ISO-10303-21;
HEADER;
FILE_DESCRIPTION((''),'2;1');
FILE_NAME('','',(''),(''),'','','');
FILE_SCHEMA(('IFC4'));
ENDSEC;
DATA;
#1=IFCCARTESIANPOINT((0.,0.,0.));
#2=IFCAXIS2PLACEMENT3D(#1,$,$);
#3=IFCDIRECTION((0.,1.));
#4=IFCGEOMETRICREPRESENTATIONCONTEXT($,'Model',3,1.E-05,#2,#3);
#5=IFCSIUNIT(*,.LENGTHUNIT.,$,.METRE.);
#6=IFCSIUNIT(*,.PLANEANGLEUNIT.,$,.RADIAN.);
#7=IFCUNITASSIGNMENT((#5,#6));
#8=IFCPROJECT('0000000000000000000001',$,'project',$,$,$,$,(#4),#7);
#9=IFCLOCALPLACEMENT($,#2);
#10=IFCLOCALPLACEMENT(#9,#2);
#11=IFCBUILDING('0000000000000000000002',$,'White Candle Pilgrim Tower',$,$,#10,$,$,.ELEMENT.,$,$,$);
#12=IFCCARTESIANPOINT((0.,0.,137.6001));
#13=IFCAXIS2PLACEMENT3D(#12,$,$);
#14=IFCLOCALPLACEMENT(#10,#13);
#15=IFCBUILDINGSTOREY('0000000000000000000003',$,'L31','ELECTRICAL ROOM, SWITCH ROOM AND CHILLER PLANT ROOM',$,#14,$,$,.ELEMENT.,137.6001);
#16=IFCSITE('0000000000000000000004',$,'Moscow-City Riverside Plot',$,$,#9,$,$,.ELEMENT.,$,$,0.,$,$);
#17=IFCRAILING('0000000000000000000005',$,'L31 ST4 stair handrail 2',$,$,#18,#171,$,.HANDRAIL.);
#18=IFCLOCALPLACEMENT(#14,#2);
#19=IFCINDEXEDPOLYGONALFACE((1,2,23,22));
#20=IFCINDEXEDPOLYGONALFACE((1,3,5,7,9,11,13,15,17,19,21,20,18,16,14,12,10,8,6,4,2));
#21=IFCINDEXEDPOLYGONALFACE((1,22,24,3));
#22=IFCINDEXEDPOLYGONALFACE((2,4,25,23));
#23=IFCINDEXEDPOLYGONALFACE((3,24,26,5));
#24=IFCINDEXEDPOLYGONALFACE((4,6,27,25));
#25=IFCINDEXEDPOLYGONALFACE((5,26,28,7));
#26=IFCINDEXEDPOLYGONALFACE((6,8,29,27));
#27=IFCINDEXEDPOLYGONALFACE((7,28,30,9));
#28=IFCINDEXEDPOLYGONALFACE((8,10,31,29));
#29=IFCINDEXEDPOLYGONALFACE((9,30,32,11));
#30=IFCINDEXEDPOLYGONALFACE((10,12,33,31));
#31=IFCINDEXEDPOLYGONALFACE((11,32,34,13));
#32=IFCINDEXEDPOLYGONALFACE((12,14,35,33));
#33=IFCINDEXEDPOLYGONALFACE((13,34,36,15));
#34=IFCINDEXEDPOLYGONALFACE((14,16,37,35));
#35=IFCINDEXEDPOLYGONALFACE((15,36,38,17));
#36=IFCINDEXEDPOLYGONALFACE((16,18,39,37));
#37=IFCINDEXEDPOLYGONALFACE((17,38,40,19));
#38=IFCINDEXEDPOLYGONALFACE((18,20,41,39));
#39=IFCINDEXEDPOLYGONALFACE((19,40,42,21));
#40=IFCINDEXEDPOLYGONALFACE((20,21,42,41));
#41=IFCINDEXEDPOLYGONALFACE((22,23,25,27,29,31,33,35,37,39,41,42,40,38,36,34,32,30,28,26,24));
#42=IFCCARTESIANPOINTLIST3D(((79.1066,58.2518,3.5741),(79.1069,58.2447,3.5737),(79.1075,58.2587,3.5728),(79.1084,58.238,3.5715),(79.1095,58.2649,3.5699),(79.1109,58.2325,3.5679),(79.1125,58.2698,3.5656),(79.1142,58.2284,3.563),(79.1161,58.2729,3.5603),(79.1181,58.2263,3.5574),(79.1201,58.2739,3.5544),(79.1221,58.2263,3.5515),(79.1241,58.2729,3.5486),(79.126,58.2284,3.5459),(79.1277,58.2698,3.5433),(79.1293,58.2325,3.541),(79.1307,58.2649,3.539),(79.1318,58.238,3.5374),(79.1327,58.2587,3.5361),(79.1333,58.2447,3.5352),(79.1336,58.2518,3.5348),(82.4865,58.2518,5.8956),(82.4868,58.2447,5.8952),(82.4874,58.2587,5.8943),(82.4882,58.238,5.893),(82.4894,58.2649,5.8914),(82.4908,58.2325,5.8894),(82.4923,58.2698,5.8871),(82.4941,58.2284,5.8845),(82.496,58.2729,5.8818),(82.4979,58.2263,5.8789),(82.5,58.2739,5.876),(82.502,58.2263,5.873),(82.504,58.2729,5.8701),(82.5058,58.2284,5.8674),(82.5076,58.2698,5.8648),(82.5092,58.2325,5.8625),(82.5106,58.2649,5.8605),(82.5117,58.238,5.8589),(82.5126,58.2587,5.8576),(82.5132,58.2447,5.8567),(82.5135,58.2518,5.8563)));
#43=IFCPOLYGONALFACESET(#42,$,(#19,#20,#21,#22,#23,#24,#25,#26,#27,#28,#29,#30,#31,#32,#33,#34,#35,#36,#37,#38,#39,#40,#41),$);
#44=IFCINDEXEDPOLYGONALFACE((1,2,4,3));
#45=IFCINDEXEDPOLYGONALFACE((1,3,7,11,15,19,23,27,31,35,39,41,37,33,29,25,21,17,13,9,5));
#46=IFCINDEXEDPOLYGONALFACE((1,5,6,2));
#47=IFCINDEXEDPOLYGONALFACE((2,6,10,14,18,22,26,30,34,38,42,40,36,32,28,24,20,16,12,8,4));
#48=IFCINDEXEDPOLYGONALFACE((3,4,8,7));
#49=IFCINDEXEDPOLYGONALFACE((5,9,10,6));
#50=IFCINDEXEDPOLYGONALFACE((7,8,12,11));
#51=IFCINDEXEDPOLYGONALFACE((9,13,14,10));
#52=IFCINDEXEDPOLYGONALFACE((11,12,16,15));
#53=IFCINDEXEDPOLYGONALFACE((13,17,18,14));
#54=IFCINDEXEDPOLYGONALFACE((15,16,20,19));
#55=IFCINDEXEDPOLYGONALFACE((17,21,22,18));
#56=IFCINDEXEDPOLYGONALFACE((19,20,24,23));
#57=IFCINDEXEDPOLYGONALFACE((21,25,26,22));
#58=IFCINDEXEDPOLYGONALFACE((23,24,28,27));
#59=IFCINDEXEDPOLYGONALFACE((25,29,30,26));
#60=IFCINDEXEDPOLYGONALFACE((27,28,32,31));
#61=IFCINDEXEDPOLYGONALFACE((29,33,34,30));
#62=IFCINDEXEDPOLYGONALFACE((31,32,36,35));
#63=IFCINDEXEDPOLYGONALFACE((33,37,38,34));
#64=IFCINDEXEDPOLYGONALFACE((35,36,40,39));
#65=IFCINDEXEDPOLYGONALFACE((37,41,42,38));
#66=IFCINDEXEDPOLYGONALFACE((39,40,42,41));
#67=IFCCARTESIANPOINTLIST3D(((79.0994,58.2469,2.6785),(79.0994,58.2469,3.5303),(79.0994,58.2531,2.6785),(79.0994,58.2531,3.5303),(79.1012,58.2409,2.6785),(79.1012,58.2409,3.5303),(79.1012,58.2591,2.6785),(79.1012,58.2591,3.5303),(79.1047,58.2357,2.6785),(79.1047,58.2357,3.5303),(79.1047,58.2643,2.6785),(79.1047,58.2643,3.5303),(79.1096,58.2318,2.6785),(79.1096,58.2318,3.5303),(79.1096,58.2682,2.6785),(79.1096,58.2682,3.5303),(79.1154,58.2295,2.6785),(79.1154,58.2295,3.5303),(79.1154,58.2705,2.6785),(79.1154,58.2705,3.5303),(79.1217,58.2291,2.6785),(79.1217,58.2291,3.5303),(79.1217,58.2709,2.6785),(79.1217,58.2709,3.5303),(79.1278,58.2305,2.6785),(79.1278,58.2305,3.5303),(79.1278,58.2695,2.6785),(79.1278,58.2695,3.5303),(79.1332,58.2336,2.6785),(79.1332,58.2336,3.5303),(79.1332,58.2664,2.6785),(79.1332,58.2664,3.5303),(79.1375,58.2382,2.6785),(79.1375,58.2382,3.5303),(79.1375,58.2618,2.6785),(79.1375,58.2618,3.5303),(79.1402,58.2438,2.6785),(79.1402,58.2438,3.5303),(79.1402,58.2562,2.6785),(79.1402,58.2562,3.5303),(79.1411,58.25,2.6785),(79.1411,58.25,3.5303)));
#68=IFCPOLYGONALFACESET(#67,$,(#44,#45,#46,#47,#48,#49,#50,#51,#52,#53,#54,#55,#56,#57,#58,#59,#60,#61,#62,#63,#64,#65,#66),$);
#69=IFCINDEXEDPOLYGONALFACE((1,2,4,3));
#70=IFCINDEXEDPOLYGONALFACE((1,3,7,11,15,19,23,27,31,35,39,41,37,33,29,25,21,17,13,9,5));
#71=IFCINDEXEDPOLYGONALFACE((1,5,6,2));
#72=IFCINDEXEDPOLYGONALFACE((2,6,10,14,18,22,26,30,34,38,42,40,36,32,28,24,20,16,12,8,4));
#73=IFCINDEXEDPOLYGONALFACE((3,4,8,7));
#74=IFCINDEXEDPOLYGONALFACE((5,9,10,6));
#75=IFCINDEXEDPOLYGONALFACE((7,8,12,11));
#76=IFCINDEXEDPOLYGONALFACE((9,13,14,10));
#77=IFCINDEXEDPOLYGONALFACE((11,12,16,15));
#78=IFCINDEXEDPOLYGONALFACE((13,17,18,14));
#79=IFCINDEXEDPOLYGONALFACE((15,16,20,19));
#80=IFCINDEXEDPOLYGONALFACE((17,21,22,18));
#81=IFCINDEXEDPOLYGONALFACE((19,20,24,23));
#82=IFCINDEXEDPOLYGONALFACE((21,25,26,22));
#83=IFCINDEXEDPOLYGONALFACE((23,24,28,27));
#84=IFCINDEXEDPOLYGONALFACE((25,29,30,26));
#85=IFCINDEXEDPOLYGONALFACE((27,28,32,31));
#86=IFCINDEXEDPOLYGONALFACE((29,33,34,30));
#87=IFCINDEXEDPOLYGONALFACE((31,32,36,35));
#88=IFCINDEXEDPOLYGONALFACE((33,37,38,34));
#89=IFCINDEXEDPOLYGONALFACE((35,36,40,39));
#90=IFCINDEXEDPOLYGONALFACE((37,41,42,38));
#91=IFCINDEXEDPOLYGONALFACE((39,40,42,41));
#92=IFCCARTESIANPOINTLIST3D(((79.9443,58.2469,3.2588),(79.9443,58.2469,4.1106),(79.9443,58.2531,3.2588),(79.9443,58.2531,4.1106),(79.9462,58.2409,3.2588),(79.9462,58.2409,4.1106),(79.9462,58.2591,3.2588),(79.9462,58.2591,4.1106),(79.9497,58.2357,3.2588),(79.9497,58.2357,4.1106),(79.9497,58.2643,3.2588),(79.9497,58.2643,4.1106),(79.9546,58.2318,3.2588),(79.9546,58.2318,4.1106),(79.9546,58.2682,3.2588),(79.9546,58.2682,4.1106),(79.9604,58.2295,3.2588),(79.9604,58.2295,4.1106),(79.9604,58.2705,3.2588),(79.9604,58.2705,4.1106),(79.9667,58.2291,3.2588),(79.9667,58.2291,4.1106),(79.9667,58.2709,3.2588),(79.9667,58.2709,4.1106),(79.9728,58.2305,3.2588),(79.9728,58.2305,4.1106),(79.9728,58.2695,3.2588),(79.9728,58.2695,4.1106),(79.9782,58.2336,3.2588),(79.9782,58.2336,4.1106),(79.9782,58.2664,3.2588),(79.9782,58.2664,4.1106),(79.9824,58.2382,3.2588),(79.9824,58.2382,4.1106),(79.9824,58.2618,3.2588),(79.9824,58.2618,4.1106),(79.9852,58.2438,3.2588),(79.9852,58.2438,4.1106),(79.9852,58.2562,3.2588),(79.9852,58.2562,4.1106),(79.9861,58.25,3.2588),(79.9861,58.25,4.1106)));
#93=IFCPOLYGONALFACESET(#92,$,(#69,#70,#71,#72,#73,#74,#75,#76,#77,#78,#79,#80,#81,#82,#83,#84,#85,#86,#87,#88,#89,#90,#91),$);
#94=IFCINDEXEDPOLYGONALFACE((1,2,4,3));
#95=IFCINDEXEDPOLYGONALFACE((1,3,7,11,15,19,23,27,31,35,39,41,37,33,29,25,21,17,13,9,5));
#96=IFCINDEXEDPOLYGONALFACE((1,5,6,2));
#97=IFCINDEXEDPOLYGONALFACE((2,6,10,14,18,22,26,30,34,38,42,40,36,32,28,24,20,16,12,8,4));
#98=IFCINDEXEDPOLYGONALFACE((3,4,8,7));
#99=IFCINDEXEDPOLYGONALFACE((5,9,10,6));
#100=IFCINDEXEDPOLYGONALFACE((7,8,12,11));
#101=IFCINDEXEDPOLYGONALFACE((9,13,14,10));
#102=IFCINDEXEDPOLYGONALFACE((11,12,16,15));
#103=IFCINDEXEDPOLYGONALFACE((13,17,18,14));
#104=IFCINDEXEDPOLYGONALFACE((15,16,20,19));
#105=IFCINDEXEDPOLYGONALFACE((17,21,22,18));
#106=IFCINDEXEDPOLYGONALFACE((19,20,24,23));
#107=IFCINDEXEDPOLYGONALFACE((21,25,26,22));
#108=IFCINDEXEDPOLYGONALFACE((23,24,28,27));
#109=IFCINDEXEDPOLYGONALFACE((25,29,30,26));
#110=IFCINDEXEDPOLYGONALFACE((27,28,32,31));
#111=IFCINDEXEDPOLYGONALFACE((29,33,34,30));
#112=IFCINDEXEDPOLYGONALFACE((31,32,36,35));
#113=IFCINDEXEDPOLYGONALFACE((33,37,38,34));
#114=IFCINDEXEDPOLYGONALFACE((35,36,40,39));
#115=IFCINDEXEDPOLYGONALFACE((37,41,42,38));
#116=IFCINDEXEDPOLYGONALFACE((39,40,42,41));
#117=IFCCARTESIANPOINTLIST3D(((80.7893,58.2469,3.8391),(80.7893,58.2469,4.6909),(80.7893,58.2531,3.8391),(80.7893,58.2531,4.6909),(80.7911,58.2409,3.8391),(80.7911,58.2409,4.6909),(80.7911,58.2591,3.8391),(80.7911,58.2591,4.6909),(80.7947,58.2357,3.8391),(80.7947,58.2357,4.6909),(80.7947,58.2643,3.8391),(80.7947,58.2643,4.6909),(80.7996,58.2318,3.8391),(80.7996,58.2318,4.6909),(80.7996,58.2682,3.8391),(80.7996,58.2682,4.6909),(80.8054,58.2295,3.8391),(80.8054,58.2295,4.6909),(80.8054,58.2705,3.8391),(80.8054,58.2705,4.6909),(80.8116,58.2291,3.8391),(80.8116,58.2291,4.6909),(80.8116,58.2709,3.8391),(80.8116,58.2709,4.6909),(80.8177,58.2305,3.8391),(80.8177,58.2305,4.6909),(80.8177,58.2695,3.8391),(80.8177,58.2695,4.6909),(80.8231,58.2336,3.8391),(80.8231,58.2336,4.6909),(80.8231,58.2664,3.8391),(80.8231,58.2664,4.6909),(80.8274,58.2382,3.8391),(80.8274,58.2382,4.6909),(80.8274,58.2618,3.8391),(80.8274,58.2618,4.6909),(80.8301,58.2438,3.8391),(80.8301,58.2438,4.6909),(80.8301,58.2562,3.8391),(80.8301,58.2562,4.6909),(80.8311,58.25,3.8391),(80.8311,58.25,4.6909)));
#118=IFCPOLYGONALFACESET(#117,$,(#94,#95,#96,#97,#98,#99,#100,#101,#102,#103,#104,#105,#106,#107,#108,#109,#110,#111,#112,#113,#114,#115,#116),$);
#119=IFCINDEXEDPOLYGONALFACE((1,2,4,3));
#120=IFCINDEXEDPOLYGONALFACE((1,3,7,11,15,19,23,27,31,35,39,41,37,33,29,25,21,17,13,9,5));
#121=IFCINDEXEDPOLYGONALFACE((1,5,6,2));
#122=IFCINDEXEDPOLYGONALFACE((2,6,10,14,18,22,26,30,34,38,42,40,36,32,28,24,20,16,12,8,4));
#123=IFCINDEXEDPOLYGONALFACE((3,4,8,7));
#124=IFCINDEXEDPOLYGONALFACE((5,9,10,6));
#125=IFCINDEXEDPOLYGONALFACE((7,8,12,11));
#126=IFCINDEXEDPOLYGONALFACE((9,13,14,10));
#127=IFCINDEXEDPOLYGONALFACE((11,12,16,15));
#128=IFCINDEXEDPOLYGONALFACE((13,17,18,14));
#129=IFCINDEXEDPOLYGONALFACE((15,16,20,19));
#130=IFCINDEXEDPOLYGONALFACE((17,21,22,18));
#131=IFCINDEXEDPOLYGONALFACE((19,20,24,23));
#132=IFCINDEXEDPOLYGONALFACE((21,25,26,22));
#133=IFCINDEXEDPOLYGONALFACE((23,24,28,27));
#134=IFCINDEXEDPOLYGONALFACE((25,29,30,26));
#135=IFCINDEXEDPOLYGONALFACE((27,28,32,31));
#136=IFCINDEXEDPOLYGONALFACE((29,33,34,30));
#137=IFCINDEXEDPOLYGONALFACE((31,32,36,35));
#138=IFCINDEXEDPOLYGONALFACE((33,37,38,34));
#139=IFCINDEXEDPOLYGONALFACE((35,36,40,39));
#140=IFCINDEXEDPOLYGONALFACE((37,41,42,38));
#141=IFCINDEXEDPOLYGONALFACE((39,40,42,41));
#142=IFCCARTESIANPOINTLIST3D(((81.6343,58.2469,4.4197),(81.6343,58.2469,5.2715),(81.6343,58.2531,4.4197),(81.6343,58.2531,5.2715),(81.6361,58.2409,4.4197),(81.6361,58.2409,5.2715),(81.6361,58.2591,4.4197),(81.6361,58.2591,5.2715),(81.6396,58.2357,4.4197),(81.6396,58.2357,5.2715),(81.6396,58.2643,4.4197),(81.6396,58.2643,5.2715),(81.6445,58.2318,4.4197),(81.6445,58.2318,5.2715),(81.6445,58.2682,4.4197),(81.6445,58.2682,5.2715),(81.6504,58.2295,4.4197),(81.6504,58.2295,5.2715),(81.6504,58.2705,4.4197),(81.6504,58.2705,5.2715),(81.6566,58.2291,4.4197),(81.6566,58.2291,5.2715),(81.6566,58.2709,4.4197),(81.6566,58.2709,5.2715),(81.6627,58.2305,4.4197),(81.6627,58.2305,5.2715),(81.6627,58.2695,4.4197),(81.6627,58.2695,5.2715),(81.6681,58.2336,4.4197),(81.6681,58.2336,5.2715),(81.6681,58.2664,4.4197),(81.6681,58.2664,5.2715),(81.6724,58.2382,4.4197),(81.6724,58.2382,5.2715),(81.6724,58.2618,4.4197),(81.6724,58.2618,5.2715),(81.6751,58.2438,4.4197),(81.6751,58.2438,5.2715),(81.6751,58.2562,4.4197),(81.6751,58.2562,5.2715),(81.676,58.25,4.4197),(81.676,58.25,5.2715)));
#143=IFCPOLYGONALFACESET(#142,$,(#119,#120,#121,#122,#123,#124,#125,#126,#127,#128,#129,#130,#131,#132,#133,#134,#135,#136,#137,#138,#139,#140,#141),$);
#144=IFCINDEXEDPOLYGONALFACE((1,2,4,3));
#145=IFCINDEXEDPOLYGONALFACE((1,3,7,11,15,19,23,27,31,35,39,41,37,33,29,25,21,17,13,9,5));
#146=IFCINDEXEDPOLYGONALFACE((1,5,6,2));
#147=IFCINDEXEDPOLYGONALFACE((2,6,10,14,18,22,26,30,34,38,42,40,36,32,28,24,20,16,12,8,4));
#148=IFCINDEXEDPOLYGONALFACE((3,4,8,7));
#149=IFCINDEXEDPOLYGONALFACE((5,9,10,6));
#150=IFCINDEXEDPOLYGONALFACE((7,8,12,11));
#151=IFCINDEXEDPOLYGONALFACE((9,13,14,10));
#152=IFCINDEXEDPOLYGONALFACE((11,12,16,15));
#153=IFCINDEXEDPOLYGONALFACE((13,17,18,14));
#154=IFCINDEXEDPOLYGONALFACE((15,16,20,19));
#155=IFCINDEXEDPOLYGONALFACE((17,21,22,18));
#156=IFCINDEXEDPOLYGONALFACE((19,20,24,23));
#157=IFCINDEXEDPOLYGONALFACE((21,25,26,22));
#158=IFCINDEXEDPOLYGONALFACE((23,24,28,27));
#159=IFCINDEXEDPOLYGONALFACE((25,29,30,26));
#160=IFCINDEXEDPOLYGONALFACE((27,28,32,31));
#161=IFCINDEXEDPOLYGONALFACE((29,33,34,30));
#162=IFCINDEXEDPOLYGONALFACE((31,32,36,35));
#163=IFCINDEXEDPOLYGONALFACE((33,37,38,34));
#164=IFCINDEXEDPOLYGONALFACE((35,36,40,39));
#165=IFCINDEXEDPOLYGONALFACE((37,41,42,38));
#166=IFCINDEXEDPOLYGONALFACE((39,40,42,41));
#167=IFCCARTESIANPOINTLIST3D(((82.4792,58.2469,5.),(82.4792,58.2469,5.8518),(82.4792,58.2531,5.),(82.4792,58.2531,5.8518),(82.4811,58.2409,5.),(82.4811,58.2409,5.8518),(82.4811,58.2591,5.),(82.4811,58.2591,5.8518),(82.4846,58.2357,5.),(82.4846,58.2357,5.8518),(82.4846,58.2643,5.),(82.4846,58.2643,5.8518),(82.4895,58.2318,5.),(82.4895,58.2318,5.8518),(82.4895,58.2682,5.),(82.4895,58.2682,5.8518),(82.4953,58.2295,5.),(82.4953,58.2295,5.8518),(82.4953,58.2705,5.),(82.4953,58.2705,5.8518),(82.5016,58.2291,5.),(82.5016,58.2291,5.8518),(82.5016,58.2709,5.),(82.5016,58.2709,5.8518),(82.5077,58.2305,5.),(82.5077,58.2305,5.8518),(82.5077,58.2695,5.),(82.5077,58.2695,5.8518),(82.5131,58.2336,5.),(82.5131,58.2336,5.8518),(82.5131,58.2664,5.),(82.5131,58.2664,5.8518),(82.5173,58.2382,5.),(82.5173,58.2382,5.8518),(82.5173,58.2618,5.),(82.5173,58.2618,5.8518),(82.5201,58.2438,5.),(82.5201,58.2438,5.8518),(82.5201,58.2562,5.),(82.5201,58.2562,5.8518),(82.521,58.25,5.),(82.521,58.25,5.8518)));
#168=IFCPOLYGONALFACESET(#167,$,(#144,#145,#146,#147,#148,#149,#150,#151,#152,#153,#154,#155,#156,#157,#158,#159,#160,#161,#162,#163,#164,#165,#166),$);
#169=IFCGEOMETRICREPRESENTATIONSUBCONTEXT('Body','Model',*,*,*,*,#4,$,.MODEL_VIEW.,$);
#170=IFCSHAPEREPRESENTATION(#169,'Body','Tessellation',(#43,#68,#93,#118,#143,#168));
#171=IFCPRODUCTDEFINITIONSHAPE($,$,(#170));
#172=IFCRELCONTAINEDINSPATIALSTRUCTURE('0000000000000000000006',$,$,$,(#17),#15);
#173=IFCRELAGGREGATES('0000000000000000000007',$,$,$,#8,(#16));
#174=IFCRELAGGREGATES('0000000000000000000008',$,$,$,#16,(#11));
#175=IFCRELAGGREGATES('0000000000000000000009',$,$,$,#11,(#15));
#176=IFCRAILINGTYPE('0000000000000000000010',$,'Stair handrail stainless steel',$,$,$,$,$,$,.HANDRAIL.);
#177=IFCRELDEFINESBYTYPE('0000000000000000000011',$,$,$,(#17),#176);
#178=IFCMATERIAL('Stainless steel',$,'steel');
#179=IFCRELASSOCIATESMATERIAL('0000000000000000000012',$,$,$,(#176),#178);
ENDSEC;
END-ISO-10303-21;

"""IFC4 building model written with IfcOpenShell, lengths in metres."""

from ifc_helpers import new_model, si_unit, direction, frame, origin, origin_2d, place, context, subcontext, project, spatial, circle, extrude, material, type_object, element, save


model = new_model("IFC4")

# Units and contexts
model_context = context("Model", 3, precision=1e-05, world=origin(), true_north=direction((0.0, 1.0)))
body_context = subcontext(model_context, "Body", "Model", "MODEL_VIEW")
ifc_project = project(units=[si_unit("LENGTHUNIT", "METRE"), si_unit("PLANEANGLEUNIT", "RADIAN")], contexts=[model_context])

# Site, building, storey
site_placement = place(None, origin())
site = spatial("IfcSite", under=ifc_project, at=site_placement, Name="Moscow-City Riverside Plot", CompositionType="ELEMENT", RefElevation=0.0)
building_placement = place(site_placement, origin())
building = spatial("IfcBuilding", under=site, at=building_placement, Name="White Candle Pilgrim Tower", CompositionType="ELEMENT")
storey_placement = place(building_placement, frame((0.0, 0.0, 137.6001)))
storey = spatial("IfcBuildingStorey", under=building, at=storey_placement, Name="L31", Description="ELECTRICAL ROOM, SWITCH ROOM AND CHILLER PLANT ROOM", CompositionType="ELEMENT", Elevation=137.6001)

# Railing
ifc_material_1 = material(Name="Stainless steel", Category="steel")
railing_type_1 = type_object("IfcRailingType", Name="Stair handrail stainless steel", PredefinedType="HANDRAIL", material=ifc_material_1)
railing_1_placement = place(storey_placement, frame((79.1201, 58.25, 2.6785)))
element("IfcRailing", 1, at=railing_1_placement, inside=storey, type_object=railing_type_1, Name="L31 ST4 stair handrail 2", PredefinedType="HANDRAIL", context=body_context, shape_type="SweptSolid", body=[
    extrude(circle(Radius=0.0239, at=origin_2d()), frame((0.0, 0.0, 0.876), z_axis=(0.824285, 0.0, 0.566175), x_axis=(0.0, 1.0, 0.0)), (0.0, 0.0, 1.0), 4.1003),
    extrude(circle(Radius=0.021, at=origin_2d()), origin(), (0.0, 0.0, 1.0), 0.8518),
    extrude(circle(Radius=0.021, at=origin_2d()), frame((0.845, 0.0, 0.5803)), (0.0, 0.0, 1.0), 0.8518),
    extrude(circle(Radius=0.021, at=origin_2d()), frame((1.6899, 0.0, 1.1606)), (0.0, 0.0, 1.0), 0.8518),
    extrude(circle(Radius=0.021, at=origin_2d()), frame((2.5349, 0.0, 1.7412)), (0.0, 0.0, 1.0), 0.8518),
    extrude(circle(Radius=0.021, at=origin_2d()), frame((3.3799, 0.0, 2.3215)), (0.0, 0.0, 1.0), 0.8518),
])

save(model, "model.ifc")
